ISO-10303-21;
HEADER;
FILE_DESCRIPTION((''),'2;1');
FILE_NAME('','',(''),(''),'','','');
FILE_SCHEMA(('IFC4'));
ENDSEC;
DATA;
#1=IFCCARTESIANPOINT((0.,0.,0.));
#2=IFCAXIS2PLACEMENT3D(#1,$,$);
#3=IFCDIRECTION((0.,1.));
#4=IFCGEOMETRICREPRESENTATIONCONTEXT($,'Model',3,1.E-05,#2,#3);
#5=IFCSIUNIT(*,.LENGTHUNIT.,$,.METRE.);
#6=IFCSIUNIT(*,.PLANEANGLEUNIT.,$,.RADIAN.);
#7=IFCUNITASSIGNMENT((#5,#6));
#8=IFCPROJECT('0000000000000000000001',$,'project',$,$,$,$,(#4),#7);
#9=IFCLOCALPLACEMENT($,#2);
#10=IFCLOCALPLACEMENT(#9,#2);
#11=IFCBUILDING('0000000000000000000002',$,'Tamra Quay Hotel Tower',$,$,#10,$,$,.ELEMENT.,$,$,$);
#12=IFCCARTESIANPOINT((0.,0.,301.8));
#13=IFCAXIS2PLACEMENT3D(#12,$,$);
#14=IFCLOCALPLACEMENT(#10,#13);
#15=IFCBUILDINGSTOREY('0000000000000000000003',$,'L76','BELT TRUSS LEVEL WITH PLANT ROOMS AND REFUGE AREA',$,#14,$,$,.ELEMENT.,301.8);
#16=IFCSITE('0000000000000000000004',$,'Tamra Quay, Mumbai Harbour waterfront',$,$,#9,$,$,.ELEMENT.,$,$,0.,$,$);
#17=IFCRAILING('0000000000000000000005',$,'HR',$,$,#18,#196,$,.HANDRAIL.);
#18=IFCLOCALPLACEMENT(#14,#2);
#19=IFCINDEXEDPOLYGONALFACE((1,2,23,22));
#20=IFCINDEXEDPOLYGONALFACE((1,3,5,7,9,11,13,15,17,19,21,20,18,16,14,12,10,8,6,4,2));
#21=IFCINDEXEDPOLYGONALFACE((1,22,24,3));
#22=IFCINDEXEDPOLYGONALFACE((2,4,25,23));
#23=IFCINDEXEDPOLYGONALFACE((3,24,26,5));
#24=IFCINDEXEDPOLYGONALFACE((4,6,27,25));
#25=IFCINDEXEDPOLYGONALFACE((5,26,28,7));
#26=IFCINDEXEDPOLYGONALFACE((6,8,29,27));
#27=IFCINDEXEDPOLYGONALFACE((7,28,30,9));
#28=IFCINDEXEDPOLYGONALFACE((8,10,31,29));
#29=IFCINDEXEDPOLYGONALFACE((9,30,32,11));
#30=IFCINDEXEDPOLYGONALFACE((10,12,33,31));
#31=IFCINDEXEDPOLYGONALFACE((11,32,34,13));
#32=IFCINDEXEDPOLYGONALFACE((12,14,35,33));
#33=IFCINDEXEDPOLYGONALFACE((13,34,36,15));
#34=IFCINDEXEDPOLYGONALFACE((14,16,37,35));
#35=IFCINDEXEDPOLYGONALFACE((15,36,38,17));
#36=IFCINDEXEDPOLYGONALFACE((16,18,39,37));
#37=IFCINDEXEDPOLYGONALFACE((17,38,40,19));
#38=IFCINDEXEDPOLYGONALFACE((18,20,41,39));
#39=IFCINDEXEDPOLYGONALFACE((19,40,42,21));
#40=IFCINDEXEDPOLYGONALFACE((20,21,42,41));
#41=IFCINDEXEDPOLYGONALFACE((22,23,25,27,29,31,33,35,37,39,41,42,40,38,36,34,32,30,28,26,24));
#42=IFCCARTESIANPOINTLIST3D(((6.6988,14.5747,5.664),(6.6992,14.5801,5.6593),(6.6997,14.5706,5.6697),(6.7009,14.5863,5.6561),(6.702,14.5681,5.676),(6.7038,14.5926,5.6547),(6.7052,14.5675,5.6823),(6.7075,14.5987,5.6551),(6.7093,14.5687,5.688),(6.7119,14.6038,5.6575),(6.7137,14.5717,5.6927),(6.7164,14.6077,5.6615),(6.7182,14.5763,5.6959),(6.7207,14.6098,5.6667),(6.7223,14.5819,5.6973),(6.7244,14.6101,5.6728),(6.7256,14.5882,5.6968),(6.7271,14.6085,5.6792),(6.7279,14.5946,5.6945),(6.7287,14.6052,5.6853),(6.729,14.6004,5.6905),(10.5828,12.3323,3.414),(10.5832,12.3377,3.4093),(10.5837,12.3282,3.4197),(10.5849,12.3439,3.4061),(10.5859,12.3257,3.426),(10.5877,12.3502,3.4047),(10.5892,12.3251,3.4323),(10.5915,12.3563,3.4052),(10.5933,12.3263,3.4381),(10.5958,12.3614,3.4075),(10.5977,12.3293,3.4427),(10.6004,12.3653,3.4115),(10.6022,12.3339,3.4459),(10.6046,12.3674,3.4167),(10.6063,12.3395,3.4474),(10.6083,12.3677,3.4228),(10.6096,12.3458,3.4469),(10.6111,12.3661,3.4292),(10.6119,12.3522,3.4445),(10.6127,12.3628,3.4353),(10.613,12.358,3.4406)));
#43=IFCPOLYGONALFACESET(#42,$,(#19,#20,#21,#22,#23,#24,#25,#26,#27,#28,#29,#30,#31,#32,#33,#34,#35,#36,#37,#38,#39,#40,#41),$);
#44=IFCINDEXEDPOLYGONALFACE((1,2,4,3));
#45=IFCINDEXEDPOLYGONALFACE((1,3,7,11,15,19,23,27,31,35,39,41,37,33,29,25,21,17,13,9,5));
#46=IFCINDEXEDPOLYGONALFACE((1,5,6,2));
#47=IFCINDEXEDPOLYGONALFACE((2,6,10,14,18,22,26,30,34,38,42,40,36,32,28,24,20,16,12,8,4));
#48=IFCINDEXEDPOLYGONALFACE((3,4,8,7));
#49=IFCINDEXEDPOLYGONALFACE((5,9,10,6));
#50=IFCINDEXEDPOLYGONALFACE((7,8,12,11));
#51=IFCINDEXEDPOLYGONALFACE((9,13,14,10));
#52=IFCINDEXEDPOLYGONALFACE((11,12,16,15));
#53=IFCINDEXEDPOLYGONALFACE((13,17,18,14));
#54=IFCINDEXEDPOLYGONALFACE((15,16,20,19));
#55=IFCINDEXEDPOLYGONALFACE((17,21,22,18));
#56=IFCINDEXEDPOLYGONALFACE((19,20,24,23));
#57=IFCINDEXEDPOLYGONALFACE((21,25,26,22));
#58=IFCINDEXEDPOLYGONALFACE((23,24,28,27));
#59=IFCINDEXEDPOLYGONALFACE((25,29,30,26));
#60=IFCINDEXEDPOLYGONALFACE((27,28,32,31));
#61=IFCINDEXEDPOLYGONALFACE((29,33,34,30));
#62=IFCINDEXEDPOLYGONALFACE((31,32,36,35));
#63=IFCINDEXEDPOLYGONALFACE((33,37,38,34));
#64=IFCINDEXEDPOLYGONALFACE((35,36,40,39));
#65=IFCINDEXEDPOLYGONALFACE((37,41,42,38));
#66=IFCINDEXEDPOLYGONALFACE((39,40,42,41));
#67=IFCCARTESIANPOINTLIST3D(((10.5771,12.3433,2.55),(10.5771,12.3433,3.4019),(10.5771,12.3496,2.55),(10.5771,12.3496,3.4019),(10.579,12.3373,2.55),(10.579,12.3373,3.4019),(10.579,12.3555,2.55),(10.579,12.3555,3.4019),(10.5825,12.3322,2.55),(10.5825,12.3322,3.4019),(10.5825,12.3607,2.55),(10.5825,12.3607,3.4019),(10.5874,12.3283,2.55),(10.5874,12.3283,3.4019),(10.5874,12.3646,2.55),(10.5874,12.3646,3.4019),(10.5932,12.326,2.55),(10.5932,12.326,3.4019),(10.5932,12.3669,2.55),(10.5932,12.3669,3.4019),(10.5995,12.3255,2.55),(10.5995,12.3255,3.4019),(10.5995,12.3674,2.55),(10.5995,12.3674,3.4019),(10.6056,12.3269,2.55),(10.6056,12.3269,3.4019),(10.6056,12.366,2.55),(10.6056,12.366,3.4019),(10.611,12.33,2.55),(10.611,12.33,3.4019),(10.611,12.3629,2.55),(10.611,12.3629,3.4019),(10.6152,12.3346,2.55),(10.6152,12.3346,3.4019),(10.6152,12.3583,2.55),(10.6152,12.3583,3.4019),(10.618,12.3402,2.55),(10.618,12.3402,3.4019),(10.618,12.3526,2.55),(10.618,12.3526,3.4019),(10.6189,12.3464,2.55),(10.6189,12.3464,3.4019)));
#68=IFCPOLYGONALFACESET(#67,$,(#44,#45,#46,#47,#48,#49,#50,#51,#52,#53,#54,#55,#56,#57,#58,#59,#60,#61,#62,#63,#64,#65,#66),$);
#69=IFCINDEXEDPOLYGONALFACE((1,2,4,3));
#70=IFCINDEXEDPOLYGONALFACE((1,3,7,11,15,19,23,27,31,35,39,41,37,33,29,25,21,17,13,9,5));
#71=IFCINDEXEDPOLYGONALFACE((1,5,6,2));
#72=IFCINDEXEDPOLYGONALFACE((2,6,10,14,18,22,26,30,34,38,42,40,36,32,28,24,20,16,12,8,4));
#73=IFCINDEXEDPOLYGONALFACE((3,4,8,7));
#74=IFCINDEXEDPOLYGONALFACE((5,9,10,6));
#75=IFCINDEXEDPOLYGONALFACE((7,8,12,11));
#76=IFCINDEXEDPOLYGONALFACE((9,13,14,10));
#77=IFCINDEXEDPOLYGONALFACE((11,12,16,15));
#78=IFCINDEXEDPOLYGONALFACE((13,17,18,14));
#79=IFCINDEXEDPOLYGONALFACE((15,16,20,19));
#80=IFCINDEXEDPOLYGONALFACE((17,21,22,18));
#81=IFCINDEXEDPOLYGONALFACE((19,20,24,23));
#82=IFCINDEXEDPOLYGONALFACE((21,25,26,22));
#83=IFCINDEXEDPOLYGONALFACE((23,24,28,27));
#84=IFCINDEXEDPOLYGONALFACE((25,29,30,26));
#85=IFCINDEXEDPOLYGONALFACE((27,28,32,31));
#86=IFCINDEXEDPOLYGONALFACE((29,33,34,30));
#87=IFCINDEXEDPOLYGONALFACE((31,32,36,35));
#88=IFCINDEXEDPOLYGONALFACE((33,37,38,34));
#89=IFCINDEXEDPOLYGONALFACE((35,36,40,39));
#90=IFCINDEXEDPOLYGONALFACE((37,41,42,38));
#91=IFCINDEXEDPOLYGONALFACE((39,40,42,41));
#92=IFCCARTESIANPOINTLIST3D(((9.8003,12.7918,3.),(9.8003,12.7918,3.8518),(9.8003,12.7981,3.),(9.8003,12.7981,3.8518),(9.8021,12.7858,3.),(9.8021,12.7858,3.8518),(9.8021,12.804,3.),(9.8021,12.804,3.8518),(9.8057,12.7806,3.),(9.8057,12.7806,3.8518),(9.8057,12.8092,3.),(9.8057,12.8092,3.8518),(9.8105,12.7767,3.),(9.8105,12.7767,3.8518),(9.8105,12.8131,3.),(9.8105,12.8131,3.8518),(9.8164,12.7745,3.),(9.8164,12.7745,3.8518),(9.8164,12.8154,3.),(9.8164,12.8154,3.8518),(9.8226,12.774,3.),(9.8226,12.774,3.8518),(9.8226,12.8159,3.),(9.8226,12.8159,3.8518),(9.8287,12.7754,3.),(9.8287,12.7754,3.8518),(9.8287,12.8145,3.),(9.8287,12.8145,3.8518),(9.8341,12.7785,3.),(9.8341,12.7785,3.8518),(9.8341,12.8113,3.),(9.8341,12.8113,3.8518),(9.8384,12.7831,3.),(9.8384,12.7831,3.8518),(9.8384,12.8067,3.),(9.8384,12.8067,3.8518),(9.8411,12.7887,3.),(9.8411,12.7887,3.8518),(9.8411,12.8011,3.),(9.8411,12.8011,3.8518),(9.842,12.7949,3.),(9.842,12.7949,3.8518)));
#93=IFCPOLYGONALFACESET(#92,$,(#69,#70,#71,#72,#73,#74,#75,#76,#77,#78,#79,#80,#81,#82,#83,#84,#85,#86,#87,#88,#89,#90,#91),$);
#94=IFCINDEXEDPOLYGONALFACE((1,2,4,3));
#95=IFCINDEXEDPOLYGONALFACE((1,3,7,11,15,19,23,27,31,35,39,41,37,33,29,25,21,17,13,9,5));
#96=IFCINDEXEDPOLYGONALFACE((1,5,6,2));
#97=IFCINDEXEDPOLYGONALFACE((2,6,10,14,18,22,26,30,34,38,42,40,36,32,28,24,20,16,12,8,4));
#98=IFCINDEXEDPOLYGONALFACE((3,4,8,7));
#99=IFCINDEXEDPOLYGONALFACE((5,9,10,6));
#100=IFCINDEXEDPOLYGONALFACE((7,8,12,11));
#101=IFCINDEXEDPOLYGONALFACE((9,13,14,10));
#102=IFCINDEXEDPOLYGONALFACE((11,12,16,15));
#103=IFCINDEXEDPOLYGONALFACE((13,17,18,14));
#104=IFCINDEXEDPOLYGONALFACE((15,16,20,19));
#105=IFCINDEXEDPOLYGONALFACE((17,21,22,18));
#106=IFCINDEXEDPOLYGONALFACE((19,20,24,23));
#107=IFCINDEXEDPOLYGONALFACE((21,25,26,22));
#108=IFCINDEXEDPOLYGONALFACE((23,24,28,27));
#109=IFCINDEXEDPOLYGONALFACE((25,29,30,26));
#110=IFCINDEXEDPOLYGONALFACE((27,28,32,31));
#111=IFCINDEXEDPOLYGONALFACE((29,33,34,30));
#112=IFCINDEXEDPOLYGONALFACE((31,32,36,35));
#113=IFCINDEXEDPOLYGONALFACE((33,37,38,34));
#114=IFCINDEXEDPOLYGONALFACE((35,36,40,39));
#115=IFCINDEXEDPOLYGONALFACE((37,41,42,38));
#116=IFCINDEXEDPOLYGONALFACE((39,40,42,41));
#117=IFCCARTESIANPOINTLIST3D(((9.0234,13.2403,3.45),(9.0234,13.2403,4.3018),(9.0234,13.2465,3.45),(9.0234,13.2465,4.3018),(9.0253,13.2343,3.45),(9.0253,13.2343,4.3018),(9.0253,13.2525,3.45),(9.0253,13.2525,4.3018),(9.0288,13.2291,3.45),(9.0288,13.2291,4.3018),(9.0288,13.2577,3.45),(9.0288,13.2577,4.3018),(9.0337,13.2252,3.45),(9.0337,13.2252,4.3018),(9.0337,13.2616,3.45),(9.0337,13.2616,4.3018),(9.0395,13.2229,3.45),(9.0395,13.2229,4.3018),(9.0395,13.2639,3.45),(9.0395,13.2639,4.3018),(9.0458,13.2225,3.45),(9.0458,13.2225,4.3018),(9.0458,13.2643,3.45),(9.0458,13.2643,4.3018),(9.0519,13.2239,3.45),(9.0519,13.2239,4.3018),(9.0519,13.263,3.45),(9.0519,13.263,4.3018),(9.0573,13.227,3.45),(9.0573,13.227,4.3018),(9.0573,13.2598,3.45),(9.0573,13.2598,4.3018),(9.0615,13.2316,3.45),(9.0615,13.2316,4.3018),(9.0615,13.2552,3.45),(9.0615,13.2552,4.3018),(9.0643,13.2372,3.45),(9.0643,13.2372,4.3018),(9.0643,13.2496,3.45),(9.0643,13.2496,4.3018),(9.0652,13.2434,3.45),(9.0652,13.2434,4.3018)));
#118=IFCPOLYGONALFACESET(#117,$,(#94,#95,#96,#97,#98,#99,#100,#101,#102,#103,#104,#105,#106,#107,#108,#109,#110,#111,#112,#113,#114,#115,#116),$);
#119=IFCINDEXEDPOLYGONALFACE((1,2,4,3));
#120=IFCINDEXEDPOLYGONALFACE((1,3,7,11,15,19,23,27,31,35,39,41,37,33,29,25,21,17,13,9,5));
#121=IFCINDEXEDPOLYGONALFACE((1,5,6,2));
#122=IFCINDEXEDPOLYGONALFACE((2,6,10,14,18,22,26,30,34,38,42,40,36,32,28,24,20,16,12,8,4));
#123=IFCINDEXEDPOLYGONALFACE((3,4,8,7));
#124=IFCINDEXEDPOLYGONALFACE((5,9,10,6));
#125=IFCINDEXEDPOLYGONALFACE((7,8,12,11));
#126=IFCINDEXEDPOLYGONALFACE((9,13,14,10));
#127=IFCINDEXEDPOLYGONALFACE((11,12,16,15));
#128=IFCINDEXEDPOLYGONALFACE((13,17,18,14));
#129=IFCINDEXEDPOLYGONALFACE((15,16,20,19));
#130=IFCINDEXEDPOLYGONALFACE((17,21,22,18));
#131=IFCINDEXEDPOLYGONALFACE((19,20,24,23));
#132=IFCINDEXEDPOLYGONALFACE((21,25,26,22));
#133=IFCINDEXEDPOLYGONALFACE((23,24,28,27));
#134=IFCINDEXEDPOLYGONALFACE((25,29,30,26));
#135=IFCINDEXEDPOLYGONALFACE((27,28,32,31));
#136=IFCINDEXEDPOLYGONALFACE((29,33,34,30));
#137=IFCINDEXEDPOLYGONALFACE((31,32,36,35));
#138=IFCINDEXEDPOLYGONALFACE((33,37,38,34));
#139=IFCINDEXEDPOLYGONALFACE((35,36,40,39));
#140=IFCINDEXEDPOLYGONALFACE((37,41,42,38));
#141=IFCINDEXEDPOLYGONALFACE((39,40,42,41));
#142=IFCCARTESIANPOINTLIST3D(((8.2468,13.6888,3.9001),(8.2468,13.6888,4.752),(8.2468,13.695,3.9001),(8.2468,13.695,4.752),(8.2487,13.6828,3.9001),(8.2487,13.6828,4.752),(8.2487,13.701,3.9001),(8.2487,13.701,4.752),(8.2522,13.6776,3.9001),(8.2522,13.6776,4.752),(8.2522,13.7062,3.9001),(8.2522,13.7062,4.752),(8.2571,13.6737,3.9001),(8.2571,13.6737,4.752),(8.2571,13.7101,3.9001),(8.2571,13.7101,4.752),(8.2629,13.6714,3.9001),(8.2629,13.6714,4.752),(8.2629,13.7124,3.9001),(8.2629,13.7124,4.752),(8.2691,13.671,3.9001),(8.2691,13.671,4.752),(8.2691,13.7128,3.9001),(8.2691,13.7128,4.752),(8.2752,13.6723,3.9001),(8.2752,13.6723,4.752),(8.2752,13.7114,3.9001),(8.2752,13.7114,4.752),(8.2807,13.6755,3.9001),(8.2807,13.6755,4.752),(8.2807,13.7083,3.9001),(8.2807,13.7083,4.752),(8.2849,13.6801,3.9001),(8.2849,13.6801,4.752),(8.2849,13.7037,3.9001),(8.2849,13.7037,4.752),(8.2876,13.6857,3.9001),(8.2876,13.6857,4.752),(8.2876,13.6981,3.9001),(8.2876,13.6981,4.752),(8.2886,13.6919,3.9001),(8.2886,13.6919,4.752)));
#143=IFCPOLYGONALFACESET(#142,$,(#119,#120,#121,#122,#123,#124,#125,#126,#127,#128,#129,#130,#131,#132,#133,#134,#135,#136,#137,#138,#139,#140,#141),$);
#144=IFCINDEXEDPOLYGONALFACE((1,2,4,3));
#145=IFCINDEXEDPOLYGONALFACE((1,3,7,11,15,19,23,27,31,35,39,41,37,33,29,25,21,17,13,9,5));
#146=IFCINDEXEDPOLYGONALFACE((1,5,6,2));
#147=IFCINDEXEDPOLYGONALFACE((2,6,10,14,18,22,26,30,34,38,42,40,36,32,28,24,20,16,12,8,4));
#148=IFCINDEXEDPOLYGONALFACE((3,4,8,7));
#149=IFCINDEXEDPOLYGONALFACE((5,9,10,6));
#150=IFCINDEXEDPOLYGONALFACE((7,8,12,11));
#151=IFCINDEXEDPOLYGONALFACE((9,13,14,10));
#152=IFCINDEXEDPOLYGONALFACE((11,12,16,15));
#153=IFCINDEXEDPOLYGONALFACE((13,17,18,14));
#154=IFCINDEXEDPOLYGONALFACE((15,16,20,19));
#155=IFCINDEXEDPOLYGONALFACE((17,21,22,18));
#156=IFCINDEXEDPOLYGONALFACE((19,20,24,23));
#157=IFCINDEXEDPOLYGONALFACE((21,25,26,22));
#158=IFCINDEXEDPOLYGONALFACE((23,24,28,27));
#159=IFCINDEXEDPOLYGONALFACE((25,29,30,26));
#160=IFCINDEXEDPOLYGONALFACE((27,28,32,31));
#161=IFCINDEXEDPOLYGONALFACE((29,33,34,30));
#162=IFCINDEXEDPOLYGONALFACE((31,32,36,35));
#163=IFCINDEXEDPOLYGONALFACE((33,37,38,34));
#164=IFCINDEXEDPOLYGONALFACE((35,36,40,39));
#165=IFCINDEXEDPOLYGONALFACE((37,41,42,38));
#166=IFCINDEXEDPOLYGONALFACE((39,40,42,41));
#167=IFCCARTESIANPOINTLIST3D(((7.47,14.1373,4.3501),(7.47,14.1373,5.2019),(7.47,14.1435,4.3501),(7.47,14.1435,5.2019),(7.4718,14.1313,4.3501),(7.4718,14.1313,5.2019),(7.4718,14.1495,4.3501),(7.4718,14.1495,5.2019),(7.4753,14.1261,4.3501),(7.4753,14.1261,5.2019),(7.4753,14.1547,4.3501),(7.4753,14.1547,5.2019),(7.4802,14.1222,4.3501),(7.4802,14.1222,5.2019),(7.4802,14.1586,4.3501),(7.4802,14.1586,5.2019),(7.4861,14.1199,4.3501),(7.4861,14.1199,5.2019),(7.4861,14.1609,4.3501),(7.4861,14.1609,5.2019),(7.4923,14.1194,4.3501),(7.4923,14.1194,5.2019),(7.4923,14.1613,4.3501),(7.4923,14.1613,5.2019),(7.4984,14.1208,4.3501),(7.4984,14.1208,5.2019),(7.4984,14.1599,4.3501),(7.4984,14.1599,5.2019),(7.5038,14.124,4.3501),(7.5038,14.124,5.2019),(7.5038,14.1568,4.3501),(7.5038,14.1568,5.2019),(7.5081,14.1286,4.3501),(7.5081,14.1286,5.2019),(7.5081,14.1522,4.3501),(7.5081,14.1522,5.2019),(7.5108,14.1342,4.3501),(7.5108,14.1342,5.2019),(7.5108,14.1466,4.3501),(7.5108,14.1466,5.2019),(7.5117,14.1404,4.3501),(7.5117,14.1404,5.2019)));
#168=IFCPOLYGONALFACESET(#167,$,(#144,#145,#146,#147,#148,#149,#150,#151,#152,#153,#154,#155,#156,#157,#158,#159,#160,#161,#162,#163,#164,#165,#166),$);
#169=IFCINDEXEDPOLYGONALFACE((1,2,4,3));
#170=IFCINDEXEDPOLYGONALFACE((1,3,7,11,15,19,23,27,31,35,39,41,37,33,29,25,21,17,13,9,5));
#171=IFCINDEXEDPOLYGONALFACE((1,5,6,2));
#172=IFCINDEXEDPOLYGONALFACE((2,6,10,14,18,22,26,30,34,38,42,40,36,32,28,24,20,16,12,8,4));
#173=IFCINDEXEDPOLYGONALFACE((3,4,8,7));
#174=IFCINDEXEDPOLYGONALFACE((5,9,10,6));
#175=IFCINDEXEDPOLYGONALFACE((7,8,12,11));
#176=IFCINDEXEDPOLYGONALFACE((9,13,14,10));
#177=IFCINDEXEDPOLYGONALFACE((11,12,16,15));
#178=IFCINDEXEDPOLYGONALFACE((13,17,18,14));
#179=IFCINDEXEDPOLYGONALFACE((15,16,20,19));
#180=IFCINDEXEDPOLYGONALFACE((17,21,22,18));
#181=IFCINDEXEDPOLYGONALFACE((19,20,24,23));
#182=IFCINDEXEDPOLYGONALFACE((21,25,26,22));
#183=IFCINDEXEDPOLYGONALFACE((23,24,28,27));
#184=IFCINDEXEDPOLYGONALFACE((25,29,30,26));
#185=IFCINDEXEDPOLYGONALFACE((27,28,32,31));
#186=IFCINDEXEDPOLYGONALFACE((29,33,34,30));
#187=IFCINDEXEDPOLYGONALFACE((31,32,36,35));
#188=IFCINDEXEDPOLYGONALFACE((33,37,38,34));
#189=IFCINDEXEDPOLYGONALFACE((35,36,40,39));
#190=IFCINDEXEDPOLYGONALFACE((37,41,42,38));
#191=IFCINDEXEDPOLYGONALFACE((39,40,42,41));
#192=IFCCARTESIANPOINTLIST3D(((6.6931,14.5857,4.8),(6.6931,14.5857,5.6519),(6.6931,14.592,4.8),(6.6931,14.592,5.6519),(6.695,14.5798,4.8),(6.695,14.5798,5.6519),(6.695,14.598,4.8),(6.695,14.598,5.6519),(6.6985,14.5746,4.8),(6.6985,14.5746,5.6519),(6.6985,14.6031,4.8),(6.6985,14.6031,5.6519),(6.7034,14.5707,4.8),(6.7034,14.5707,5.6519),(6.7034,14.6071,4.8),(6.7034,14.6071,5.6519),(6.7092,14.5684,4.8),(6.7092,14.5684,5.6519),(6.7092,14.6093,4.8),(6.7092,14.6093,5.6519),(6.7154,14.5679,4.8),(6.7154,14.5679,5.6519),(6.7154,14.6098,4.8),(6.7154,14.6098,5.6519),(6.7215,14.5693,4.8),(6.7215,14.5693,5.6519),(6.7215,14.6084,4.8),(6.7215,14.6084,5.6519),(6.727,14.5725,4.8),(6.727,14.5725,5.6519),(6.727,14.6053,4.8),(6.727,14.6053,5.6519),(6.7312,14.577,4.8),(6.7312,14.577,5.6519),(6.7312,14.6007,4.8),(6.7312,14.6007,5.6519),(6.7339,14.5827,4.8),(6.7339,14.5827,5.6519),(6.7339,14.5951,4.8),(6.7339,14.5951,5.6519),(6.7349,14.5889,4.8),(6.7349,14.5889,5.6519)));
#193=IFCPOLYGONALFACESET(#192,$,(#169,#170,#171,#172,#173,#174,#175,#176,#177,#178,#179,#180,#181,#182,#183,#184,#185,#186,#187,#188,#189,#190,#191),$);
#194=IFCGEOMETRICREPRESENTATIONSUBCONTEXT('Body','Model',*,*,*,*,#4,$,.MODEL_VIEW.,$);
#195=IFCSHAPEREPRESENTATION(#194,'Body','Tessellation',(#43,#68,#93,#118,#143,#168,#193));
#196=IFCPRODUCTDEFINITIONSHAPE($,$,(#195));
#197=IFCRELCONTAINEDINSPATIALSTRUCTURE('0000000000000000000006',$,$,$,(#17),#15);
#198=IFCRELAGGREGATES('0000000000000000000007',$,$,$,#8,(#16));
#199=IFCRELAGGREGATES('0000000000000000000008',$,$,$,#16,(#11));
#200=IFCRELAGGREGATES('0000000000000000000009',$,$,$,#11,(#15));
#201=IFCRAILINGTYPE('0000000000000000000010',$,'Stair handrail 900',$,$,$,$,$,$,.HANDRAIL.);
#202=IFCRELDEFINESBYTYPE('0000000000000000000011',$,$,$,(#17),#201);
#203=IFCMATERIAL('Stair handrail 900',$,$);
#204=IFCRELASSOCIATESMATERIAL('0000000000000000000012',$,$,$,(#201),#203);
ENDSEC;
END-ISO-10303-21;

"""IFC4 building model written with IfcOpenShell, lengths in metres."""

from ifc_helpers import new_model, si_unit, direction, frame, origin, origin_2d, place, context, subcontext, project, spatial, circle, extrude, material, type_object, element, save


model = new_model("IFC4")

# Units and contexts
model_context = context("Model", 3, precision=1e-05, world=origin(), true_north=direction((0.0, 1.0)))
body_context = subcontext(model_context, "Body", "Model", "MODEL_VIEW")
ifc_project = project(units=[si_unit("LENGTHUNIT", "METRE"), si_unit("PLANEANGLEUNIT", "RADIAN")], contexts=[model_context])

# Site, building, storey
site_placement = place(None, origin())
site = spatial("IfcSite", under=ifc_project, at=site_placement, Name="Tamra Quay, Mumbai Harbour waterfront", CompositionType="ELEMENT", RefElevation=0.0)
building_placement = place(site_placement, origin())
building = spatial("IfcBuilding", under=site, at=building_placement, Name="Tamra Quay Hotel Tower", CompositionType="ELEMENT")
storey_placement = place(building_placement, frame((0.0, 0.0, 301.8)))
storey = spatial("IfcBuildingStorey", under=building, at=storey_placement, Name="L76", Description="BELT TRUSS LEVEL WITH PLANT ROOMS AND REFUGE AREA", CompositionType="ELEMENT", Elevation=301.8)

# Railing
ifc_material_1 = material(Name="Stair handrail 900")
railing_type = type_object("IfcRailingType", Name="Stair handrail 900", PredefinedType="HANDRAIL", material=ifc_material_1)
railing_1_placement = place(storey_placement, frame((10.5979, 12.3464, 2.55)))
element("IfcRailing", 1, at=railing_1_placement, inside=storey, type_object=railing_type, Name="HR", PredefinedType="HANDRAIL", context=body_context, shape_type="SweptSolid", body=[
    extrude(circle(Radius=0.0239, at=origin_2d()), frame((0.0, 0.0, 0.876), z_axis=(-0.774076, 0.44691, 0.448418), x_axis=(-0.499997, -0.866027, 0.0)), (0.0, 0.0, 1.0), 5.0176),
    extrude(circle(Radius=0.021, at=origin_2d()), origin(), (0.0, 0.0, 1.0), 0.8518),
    extrude(circle(Radius=0.021, at=origin_2d()), frame((-0.7769, 0.4485, 0.45)), (0.0, 0.0, 1.0), 0.8518),
    extrude(circle(Radius=0.021, at=origin_2d()), frame((-1.5537, 0.897, 0.8999)), (0.0, 0.0, 1.0), 0.8518),
    extrude(circle(Radius=0.021, at=origin_2d()), frame((-2.3303, 1.3455, 1.3501)), (0.0, 0.0, 1.0), 0.8518),
    extrude(circle(Radius=0.021, at=origin_2d()), frame((-3.1072, 1.7939, 1.8)), (0.0, 0.0, 1.0), 0.8518),
    extrude(circle(Radius=0.021, at=origin_2d()), frame((-3.884, 2.2424, 2.25)), (0.0, 0.0, 1.0), 0.8518),
])

save(model, "model.ifc")
